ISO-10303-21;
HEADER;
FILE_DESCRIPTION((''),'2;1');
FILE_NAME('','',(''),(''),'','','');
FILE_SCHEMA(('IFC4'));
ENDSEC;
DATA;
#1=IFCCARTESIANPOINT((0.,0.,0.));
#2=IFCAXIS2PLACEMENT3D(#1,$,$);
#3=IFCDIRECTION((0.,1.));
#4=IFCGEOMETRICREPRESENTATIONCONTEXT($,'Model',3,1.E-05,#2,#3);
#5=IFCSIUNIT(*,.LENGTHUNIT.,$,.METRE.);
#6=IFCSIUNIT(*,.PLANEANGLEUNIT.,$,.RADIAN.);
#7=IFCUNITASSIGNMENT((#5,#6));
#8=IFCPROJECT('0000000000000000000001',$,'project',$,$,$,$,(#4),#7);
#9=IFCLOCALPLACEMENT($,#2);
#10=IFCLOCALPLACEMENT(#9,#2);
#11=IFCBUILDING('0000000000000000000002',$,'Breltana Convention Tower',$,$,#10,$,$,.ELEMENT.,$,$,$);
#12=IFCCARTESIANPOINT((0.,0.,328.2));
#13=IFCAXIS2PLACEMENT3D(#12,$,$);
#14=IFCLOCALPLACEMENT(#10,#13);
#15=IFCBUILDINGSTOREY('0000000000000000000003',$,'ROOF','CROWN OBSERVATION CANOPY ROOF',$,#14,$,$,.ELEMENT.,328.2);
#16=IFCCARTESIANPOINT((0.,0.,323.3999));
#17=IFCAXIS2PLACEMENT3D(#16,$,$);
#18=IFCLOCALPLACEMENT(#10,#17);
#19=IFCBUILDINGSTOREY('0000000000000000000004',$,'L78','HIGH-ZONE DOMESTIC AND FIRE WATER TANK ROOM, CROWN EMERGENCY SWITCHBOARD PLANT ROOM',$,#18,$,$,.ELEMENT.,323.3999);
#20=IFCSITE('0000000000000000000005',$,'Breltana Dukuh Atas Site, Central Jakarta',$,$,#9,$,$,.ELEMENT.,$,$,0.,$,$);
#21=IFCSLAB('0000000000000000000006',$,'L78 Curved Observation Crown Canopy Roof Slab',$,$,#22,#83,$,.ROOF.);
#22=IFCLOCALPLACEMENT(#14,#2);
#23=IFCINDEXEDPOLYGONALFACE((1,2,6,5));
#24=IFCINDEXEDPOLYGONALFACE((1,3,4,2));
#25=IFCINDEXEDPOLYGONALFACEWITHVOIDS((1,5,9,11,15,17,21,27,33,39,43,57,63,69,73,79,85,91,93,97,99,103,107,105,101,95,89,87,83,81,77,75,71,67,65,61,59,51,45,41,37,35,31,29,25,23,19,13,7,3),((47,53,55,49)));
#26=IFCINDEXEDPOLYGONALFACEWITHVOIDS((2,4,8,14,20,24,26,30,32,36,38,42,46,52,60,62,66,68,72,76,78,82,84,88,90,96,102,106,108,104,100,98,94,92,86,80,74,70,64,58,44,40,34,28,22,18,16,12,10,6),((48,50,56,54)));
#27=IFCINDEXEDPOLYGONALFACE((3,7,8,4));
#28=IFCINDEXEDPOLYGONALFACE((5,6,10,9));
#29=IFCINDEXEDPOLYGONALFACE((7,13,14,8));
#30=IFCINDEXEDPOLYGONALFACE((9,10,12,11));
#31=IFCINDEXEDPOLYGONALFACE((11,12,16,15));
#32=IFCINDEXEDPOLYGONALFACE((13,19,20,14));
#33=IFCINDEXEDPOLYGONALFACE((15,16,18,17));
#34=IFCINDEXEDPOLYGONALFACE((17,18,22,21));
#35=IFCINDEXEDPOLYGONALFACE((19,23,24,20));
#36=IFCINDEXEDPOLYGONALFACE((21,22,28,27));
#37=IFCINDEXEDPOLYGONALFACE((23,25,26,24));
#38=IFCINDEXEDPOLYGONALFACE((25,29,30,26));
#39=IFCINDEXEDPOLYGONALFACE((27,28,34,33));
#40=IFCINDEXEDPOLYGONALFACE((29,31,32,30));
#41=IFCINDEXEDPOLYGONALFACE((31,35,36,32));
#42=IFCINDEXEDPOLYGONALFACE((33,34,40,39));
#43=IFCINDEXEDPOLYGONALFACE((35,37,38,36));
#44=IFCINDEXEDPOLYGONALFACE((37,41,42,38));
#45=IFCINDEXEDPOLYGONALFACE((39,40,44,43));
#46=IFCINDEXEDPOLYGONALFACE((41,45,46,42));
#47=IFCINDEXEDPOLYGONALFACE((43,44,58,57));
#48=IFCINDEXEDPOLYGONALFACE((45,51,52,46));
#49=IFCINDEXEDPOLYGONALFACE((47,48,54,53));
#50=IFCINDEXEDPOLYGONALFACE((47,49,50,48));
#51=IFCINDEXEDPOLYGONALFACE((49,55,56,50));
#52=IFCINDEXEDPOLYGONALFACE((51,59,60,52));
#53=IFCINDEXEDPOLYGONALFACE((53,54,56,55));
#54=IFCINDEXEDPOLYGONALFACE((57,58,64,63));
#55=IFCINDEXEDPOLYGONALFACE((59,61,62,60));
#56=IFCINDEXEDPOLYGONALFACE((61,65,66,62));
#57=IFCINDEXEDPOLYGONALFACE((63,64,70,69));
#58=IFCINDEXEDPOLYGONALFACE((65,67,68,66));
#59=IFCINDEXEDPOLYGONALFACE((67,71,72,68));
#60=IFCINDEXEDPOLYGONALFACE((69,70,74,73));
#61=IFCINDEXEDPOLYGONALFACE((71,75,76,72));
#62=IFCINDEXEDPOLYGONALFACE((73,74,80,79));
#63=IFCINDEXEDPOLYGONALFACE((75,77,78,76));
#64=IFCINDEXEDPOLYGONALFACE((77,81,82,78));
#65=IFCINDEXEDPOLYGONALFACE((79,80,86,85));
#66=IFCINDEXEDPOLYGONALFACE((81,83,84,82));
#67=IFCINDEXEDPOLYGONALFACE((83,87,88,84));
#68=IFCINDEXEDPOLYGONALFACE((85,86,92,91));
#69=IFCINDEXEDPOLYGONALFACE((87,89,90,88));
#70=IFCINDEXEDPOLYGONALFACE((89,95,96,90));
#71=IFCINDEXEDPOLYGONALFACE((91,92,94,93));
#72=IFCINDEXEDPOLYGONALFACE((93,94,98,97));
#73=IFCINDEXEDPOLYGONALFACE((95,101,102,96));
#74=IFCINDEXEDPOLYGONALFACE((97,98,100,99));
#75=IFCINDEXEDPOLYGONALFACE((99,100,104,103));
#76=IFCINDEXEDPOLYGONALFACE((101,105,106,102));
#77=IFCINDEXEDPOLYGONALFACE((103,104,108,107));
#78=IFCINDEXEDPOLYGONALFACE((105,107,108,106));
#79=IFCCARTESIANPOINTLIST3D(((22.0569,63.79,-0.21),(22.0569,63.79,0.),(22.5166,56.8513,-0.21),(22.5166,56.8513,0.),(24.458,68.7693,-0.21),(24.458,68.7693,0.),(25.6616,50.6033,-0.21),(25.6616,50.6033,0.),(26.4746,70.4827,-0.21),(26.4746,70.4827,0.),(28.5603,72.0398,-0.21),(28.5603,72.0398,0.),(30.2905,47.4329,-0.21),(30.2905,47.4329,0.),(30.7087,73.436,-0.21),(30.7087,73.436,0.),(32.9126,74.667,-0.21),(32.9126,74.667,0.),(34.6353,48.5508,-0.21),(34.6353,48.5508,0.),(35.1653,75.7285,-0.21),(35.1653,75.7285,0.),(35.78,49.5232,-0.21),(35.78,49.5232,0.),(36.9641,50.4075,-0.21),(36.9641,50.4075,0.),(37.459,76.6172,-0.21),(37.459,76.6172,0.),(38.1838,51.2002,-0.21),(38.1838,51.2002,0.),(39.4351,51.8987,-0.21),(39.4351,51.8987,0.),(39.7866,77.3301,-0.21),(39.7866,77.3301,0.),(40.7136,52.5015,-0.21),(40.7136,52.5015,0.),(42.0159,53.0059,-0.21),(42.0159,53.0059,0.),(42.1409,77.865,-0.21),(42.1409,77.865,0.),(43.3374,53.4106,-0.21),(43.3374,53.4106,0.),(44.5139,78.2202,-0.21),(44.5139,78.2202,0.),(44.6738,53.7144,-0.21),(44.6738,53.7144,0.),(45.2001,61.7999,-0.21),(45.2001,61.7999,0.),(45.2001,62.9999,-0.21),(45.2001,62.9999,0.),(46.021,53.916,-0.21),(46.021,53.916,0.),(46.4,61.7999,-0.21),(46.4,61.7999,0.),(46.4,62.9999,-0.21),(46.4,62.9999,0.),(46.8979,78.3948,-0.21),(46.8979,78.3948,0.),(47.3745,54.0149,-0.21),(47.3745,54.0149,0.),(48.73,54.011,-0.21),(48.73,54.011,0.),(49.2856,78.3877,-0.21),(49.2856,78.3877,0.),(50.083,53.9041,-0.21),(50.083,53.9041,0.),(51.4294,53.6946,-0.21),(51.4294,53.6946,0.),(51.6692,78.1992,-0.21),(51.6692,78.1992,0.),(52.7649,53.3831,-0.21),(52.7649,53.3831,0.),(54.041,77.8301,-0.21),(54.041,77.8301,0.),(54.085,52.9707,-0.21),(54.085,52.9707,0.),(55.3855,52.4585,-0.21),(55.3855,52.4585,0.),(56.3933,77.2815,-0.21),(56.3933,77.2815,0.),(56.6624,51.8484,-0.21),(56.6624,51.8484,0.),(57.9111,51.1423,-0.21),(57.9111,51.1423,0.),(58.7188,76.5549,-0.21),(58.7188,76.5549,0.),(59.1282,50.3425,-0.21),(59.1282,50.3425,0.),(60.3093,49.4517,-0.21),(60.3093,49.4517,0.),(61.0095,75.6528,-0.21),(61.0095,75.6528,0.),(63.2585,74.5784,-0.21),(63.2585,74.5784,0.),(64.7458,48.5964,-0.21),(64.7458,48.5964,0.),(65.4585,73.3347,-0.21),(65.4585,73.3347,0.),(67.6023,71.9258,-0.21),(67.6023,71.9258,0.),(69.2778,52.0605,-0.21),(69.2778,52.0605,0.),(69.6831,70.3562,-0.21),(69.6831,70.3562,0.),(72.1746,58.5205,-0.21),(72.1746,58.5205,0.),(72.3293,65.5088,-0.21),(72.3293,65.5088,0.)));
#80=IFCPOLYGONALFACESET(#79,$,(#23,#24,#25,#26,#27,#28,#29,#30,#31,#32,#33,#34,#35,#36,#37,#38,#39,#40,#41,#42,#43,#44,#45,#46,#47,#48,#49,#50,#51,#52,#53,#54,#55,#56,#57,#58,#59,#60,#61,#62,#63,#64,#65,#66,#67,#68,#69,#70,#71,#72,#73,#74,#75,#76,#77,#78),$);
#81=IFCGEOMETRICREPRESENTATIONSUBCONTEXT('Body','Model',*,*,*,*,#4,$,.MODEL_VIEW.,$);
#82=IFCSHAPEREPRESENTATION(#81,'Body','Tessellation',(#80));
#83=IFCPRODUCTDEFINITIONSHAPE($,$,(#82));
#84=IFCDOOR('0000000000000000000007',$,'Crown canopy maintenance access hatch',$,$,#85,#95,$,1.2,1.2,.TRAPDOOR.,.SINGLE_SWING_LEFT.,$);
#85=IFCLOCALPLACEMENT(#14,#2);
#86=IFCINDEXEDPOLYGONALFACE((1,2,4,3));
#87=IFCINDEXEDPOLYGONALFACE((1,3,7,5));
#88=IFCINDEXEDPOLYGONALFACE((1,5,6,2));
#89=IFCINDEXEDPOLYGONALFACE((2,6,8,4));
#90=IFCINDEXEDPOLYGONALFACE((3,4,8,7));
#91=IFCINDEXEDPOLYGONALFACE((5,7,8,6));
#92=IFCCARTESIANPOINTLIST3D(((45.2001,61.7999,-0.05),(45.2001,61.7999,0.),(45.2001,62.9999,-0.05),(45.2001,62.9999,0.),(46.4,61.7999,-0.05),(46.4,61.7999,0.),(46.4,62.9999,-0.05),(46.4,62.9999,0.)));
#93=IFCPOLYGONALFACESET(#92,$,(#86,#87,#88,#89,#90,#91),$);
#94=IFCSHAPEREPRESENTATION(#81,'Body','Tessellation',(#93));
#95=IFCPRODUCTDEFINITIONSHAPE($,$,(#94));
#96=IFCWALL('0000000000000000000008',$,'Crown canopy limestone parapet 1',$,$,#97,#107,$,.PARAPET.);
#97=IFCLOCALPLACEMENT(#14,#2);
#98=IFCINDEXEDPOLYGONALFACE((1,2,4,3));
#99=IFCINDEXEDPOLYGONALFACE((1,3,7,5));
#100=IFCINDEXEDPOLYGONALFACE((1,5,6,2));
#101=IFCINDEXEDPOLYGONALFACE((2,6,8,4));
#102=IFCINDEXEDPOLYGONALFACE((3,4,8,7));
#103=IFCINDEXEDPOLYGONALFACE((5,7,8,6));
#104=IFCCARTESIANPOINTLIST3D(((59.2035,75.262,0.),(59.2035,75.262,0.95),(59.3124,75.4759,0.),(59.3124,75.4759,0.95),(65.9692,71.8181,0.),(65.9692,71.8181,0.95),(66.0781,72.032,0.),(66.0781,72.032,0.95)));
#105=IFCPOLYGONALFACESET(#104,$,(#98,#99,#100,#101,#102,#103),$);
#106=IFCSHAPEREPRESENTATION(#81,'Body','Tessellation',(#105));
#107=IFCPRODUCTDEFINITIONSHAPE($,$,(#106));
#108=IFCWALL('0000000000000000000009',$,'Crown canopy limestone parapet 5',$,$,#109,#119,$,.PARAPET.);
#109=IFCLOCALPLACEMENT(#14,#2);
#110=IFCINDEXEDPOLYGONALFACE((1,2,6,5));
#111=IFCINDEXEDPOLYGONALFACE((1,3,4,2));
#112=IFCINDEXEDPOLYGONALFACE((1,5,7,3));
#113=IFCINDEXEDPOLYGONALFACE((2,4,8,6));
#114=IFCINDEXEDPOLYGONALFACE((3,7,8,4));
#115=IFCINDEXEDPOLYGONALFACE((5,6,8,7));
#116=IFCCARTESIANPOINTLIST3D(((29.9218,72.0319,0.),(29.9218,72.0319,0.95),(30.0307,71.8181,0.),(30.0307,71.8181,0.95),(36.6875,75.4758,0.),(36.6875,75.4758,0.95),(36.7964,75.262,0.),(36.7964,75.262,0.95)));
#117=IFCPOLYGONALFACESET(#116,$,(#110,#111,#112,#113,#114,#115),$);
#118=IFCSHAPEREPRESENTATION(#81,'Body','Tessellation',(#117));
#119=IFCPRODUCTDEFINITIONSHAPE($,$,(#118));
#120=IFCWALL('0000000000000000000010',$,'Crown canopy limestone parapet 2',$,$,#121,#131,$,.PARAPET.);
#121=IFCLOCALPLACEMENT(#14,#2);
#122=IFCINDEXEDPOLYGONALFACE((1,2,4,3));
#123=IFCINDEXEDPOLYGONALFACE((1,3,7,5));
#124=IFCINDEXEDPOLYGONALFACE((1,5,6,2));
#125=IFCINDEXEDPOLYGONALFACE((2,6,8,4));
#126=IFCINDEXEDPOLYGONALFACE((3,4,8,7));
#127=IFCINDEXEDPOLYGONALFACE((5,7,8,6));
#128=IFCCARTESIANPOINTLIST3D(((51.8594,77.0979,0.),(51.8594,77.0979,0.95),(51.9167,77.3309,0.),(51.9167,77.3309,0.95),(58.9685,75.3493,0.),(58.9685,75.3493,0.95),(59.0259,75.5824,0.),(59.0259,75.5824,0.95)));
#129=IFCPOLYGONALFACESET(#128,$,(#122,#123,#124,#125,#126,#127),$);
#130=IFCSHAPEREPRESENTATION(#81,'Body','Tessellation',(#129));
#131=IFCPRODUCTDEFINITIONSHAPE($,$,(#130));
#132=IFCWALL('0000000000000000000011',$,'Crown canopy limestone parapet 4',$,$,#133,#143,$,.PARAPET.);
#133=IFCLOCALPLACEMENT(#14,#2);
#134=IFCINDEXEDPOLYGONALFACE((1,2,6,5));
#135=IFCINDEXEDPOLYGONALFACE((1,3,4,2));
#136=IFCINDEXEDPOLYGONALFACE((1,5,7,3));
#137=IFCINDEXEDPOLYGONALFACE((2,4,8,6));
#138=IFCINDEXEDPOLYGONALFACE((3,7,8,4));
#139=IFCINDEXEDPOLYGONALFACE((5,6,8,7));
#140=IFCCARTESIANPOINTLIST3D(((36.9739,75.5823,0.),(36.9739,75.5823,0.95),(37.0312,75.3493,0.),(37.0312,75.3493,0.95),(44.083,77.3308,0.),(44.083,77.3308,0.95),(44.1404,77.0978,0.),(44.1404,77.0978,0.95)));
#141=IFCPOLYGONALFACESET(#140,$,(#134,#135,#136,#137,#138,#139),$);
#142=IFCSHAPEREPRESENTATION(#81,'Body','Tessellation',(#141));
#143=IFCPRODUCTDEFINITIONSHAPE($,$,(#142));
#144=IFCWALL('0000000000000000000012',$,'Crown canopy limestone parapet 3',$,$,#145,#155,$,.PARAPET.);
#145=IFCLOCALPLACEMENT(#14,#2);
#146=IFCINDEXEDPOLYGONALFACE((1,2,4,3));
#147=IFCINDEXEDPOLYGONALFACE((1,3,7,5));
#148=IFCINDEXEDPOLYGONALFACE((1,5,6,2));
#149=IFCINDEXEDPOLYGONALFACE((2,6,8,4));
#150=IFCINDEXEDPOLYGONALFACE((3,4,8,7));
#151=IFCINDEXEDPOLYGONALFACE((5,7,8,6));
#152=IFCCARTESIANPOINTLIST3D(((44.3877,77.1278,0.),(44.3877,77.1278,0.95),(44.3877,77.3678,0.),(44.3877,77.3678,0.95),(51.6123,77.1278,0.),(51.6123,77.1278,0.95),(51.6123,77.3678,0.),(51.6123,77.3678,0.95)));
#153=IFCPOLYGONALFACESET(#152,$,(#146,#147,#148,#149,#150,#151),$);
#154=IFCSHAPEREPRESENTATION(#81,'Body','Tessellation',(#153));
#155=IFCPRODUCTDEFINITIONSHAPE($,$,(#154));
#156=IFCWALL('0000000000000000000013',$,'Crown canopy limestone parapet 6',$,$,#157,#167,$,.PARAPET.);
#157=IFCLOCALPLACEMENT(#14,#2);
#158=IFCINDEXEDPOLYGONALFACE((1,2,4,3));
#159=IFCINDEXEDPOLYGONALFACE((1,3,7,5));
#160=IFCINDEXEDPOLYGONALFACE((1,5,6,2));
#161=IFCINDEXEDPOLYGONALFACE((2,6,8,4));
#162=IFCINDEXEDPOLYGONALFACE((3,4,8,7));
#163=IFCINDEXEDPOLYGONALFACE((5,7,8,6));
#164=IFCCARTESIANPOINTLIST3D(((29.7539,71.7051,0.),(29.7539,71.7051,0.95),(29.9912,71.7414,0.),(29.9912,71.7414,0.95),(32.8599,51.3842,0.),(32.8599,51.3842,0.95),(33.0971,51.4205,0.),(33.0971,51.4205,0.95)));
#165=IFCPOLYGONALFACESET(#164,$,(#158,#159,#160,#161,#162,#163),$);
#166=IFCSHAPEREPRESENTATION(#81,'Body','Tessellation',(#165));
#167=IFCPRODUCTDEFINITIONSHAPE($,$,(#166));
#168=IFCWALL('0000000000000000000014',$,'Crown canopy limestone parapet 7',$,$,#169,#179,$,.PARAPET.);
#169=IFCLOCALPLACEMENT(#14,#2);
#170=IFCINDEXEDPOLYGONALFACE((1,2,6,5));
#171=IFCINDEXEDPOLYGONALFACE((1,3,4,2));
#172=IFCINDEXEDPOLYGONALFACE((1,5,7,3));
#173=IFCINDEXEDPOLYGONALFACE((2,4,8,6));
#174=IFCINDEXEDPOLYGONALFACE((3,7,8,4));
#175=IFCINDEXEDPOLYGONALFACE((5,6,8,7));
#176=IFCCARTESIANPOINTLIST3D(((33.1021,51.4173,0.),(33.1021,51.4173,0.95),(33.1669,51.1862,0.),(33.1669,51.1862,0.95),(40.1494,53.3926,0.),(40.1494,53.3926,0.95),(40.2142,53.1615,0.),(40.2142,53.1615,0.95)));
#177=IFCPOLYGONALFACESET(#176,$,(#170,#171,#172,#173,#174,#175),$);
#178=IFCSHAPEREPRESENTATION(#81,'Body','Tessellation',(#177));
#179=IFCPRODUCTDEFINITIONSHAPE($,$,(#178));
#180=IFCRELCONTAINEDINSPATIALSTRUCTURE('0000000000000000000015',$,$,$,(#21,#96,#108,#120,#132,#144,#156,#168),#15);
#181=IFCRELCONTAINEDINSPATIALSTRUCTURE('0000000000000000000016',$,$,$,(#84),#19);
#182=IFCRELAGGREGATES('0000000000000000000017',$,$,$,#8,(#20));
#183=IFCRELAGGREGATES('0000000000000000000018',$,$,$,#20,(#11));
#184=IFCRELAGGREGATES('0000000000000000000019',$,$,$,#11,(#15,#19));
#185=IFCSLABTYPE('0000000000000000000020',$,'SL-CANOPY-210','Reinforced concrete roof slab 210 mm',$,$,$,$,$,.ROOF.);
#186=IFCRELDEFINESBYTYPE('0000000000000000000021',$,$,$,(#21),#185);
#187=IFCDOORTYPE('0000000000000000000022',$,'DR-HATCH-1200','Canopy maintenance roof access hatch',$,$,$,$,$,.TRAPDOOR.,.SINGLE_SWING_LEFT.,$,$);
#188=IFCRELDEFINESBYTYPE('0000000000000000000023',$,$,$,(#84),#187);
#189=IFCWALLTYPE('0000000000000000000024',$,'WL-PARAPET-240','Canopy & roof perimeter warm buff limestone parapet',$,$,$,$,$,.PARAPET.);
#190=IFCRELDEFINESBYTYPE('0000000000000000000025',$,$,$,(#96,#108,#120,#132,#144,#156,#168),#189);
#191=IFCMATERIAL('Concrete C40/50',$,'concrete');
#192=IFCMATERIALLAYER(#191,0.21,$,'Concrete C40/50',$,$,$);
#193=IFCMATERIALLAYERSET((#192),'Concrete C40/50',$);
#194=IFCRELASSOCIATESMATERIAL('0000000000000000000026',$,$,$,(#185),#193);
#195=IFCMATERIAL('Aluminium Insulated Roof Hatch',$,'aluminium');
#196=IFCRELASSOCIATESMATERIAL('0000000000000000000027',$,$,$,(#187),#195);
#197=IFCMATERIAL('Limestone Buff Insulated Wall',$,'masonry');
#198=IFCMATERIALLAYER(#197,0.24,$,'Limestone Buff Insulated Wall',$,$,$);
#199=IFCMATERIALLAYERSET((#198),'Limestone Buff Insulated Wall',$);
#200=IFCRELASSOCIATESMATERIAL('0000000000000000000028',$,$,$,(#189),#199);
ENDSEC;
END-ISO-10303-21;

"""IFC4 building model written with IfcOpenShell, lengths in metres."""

from ifc_helpers import new_model, si_unit, direction, frame, frame_2d, origin, origin_2d, place, context, subcontext, project, spatial, polyline, rectangle, outline, extrude, source, transform, mapped, material, layer, layer_set, type_object, type_shapes, element, fill, save


model = new_model("IFC4")

# Units and contexts
model_context = context("Model", 3, precision=1e-05, world=origin(), true_north=direction((0.0, 1.0)))
body_context = subcontext(model_context, "Body", "Model", "MODEL_VIEW")
ifc_project = project(units=[si_unit("LENGTHUNIT", "METRE"), si_unit("PLANEANGLEUNIT", "RADIAN")], contexts=[model_context])

# Site, building, storey
site_placement = place(None, origin())
site = spatial("IfcSite", under=ifc_project, at=site_placement, Name="Breltana Dukuh Atas Site, Central Jakarta", CompositionType="ELEMENT", RefElevation=0.0)
building_placement = place(site_placement, origin())
building = spatial("IfcBuilding", under=site, at=building_placement, Name="Breltana Convention Tower", CompositionType="ELEMENT")
storey_1_placement = place(building_placement, frame((0.0, 0.0, 328.2)))
storey_1 = spatial("IfcBuildingStorey", under=building, at=storey_1_placement, Name="ROOF", Description="CROWN OBSERVATION CANOPY ROOF", CompositionType="ELEMENT", Elevation=328.2)

# Slab, opening
ifc_material_1 = material(Name="Concrete C40/50", Category="concrete")
ifc_layer_1 = layer(ifc_material_1, 0.21, Name="Concrete C40/50")
ifc_layer_set_1 = layer_set([ifc_layer_1], Name="Concrete C40/50")
slab_type = type_object("IfcSlabType", Name="SL-CANOPY-210", Description="Reinforced concrete roof slab 210 mm", PredefinedType="ROOF", material=ifc_layer_set_1)
slab_placement = place(storey_1_placement, frame((0.0, 0.0, -0.21)))
slab = element("IfcSlab", 1, at=slab_placement, inside=storey_1, type_object=slab_type, Name="L78 Curved Observation Crown Canopy Roof Slab", PredefinedType="ROOF", context=body_context, shape_type="SweptSolid", body=[
    extrude(outline(polyline([(69.6831, 70.3562), (67.6023, 71.9258), (65.4585, 73.3347), (63.2585, 74.5784), (61.0095, 75.6528), (58.7188, 76.5549), (56.3933, 77.2815), (54.041, 77.8301), (51.6692, 78.1992), (49.2856, 78.3877), (46.8979, 78.3948), (44.5139, 78.2202), (42.1409, 77.865), (39.7866, 77.3301), (37.459, 76.6172), (35.1653, 75.7285), (32.9126, 74.667), (30.7087, 73.436), (28.5603, 72.0398), (26.4746, 70.4827), (24.458, 68.7693), (22.0569, 63.79), (22.5166, 56.8513), (25.6616, 50.6033), (30.2905, 47.4329), (34.6353, 48.5508), (35.78, 49.5232), (36.9641, 50.4075), (38.1838, 51.2002), (39.4351, 51.8987), (40.7136, 52.5015), (42.0159, 53.0059), (43.3374, 53.4106), (44.6738, 53.7144), (46.021, 53.916), (47.3745, 54.0149), (48.73, 54.011), (50.083, 53.9041), (51.4294, 53.6946), (52.7649, 53.3831), (54.085, 52.9707), (55.3855, 52.4585), (56.6624, 51.8484), (57.9111, 51.1423), (59.1282, 50.3425), (60.3093, 49.4517), (64.7458, 48.5964), (69.2778, 52.0605), (72.1746, 58.5205), (72.3293, 65.5088), (69.6831, 70.3562)])), origin(), (0.0, 0.0, 1.0), 0.21),
])
opening_placement = place(slab_placement, frame((45.8, 62.3999, -0.01)))
opening = element("IfcOpeningElement", 2, at=opening_placement, cuts=slab, PredefinedType="OPENING", context=body_context, shape_type="SweptSolid", body=[
    extrude(rectangle(XDim=1.2, YDim=1.2, at=origin_2d()), origin(), (0.0, 0.0, 1.0), 0.23),
])

# Shared definitions
storey_2_placement = place(building_placement, frame((0.0, 0.0, 323.3999)))
storey_2 = spatial("IfcBuildingStorey", under=building, at=storey_2_placement, Name="L78", Description="HIGH-ZONE DOMESTIC AND FIRE WATER TANK ROOM, CROWN EMERGENCY SWITCHBOARD PLANT ROOM", CompositionType="ELEMENT", Elevation=323.3999)

# Door
ifc_material_2 = material(Name="Aluminium Insulated Roof Hatch", Category="aluminium")
door_type = type_object("IfcDoorType", Name="DR-HATCH-1200", Description="Canopy maintenance roof access hatch", OperationType="SINGLE_SWING_LEFT", PredefinedType="TRAPDOOR", material=ifc_material_2)
door_placement = place(slab_placement, frame((45.8, 62.3999, 0.1599)))
door = element("IfcDoor", 3, at=door_placement, inside=storey_2, type_object=door_type, Name="Crown canopy maintenance access hatch", OperationType="SINGLE_SWING_LEFT", OverallHeight=1.2, OverallWidth=1.2, PredefinedType="TRAPDOOR", context=body_context, shape_type="SweptSolid", body=[
    extrude(rectangle(XDim=1.2, YDim=1.2, at=origin_2d()), origin(), (0.0, 0.0, 1.0), 0.05),
])
fill(opening, door)

# Walls
ifc_material_3 = material(Name="Limestone Buff Insulated Wall", Category="masonry")
ifc_layer_2 = layer(ifc_material_3, 0.24, Name="Limestone Buff Insulated Wall")
ifc_layer_set_2 = layer_set([ifc_layer_2], Name="Limestone Buff Insulated Wall")
wall_type = type_object("IfcWallType", Name="WL-PARAPET-240", Description="Canopy & roof perimeter warm buff limestone parapet", PredefinedType="PARAPET", material=ifc_layer_set_2)
shared_shape_1 = source(origin(), body_context, "Body", "SweptSolid", [
    extrude(rectangle(XDim=7.5918, YDim=0.24, at=frame_2d((3.7959, 0.0))), origin(), (0.0, 0.0, 1.0), 0.95),
])
type_shapes(wall_type, [shared_shape_1])
for number, where, z_axis, x_axis, name in (
    (4, (66.0237, 71.925, 0.0), (0.0, 0.0, 1.0), (-0.891188, 0.453634, 0.0), "Crown canopy limestone parapet 1"),
    (5, (36.7419, 75.3689, 0.0), (0.0, 0.0, 1.0), (-0.891188, -0.453634, 0.0), "Crown canopy limestone parapet 5"),
):
    element("IfcWall", number, at=place(storey_1_placement, frame(where, z_axis=z_axis, x_axis=x_axis)), inside=storey_1, type_object=wall_type, Name=name, PredefinedType="PARAPET", context=body_context, shape_type="MappedRepresentation", body=[
        mapped(shared_shape_1, transform((0.0, 0.0, 0.0), scale=1.0)),
    ])
shared_shape_2 = source(origin(), body_context, "Body", "SweptSolid", [
    extrude(rectangle(XDim=7.321, YDim=0.24, at=frame_2d((3.6606, 0.0))), origin(), (0.0, 0.0, 1.0), 0.95),
])
for number, where, z_axis, x_axis, name in (
    (6, (58.9973, 75.4658, 0.0), (0.0, 0.0, 1.0), (-0.971059, 0.238838, 0.0), "Crown canopy limestone parapet 2"),
    (7, (44.1118, 77.2144, 0.0), (0.0, 0.0, 1.0), (-0.971059, -0.238838, 0.0), "Crown canopy limestone parapet 4"),
):
    element("IfcWall", number, at=place(storey_1_placement, frame(where, z_axis=z_axis, x_axis=x_axis)), inside=storey_1, type_object=wall_type, Name=name, PredefinedType="PARAPET", context=body_context, shape_type="MappedRepresentation", body=[
        mapped(shared_shape_2, transform((0.0, 0.0, 0.0), scale=1.0)),
    ])
shared_shape_3 = source(origin(), body_context, "Body", "SweptSolid", [
    extrude(rectangle(XDim=7.2246, YDim=0.24, at=frame_2d((3.6123, 0.0))), origin(), (0.0, 0.0, 1.0), 0.95),
])
wall_1_placement = place(storey_1_placement, frame((51.6123, 77.2478, 0.0), z_axis=(0.0, 0.0, 1.0), x_axis=(-1.0, 0.0, 0.0)))
element("IfcWall", 8, at=wall_1_placement, inside=storey_1, type_object=wall_type, Name="Crown canopy limestone parapet 3", PredefinedType="PARAPET", context=body_context, shape_type="MappedRepresentation", body=[
    mapped(shared_shape_3, transform((0.0, 0.0, 0.0), scale=1.0)),
])
shared_shape_4 = source(origin(), body_context, "Body", "SweptSolid", [
    extrude(rectangle(XDim=20.5569, YDim=0.24, at=frame_2d((10.2783, 0.0))), origin(), (0.0, 0.0, 1.0), 0.95),
])
wall_2_placement = place(storey_1_placement, frame((29.8726, 71.7231, 0.0), z_axis=(0.0, 0.0, 1.0), x_axis=(0.151091, -0.98852, 0.0)))
element("IfcWall", 9, at=wall_2_placement, inside=storey_1, type_object=wall_type, Name="Crown canopy limestone parapet 6", PredefinedType="PARAPET", context=body_context, shape_type="MappedRepresentation", body=[
    mapped(shared_shape_4, transform((0.0, 0.0, 0.0), scale=1.0)),
])
shared_shape_5 = source(origin(), body_context, "Body", "SweptSolid", [
    extrude(rectangle(XDim=7.3188, YDim=0.24, at=frame_2d((3.6594, 0.0))), origin(), (0.0, 0.0, 1.0), 0.95),
])
wall_3_placement = place(storey_1_placement, frame((33.1345, 51.3018, 0.0), z_axis=(0.0, 0.0, 1.0), x_axis=(0.96289, 0.269893, 0.0)))
element("IfcWall", 10, at=wall_3_placement, inside=storey_1, type_object=wall_type, Name="Crown canopy limestone parapet 7", PredefinedType="PARAPET", context=body_context, shape_type="MappedRepresentation", body=[
    mapped(shared_shape_5, transform((0.0, 0.0, 0.0), scale=1.0)),
])

save(model, "model.ifc")
